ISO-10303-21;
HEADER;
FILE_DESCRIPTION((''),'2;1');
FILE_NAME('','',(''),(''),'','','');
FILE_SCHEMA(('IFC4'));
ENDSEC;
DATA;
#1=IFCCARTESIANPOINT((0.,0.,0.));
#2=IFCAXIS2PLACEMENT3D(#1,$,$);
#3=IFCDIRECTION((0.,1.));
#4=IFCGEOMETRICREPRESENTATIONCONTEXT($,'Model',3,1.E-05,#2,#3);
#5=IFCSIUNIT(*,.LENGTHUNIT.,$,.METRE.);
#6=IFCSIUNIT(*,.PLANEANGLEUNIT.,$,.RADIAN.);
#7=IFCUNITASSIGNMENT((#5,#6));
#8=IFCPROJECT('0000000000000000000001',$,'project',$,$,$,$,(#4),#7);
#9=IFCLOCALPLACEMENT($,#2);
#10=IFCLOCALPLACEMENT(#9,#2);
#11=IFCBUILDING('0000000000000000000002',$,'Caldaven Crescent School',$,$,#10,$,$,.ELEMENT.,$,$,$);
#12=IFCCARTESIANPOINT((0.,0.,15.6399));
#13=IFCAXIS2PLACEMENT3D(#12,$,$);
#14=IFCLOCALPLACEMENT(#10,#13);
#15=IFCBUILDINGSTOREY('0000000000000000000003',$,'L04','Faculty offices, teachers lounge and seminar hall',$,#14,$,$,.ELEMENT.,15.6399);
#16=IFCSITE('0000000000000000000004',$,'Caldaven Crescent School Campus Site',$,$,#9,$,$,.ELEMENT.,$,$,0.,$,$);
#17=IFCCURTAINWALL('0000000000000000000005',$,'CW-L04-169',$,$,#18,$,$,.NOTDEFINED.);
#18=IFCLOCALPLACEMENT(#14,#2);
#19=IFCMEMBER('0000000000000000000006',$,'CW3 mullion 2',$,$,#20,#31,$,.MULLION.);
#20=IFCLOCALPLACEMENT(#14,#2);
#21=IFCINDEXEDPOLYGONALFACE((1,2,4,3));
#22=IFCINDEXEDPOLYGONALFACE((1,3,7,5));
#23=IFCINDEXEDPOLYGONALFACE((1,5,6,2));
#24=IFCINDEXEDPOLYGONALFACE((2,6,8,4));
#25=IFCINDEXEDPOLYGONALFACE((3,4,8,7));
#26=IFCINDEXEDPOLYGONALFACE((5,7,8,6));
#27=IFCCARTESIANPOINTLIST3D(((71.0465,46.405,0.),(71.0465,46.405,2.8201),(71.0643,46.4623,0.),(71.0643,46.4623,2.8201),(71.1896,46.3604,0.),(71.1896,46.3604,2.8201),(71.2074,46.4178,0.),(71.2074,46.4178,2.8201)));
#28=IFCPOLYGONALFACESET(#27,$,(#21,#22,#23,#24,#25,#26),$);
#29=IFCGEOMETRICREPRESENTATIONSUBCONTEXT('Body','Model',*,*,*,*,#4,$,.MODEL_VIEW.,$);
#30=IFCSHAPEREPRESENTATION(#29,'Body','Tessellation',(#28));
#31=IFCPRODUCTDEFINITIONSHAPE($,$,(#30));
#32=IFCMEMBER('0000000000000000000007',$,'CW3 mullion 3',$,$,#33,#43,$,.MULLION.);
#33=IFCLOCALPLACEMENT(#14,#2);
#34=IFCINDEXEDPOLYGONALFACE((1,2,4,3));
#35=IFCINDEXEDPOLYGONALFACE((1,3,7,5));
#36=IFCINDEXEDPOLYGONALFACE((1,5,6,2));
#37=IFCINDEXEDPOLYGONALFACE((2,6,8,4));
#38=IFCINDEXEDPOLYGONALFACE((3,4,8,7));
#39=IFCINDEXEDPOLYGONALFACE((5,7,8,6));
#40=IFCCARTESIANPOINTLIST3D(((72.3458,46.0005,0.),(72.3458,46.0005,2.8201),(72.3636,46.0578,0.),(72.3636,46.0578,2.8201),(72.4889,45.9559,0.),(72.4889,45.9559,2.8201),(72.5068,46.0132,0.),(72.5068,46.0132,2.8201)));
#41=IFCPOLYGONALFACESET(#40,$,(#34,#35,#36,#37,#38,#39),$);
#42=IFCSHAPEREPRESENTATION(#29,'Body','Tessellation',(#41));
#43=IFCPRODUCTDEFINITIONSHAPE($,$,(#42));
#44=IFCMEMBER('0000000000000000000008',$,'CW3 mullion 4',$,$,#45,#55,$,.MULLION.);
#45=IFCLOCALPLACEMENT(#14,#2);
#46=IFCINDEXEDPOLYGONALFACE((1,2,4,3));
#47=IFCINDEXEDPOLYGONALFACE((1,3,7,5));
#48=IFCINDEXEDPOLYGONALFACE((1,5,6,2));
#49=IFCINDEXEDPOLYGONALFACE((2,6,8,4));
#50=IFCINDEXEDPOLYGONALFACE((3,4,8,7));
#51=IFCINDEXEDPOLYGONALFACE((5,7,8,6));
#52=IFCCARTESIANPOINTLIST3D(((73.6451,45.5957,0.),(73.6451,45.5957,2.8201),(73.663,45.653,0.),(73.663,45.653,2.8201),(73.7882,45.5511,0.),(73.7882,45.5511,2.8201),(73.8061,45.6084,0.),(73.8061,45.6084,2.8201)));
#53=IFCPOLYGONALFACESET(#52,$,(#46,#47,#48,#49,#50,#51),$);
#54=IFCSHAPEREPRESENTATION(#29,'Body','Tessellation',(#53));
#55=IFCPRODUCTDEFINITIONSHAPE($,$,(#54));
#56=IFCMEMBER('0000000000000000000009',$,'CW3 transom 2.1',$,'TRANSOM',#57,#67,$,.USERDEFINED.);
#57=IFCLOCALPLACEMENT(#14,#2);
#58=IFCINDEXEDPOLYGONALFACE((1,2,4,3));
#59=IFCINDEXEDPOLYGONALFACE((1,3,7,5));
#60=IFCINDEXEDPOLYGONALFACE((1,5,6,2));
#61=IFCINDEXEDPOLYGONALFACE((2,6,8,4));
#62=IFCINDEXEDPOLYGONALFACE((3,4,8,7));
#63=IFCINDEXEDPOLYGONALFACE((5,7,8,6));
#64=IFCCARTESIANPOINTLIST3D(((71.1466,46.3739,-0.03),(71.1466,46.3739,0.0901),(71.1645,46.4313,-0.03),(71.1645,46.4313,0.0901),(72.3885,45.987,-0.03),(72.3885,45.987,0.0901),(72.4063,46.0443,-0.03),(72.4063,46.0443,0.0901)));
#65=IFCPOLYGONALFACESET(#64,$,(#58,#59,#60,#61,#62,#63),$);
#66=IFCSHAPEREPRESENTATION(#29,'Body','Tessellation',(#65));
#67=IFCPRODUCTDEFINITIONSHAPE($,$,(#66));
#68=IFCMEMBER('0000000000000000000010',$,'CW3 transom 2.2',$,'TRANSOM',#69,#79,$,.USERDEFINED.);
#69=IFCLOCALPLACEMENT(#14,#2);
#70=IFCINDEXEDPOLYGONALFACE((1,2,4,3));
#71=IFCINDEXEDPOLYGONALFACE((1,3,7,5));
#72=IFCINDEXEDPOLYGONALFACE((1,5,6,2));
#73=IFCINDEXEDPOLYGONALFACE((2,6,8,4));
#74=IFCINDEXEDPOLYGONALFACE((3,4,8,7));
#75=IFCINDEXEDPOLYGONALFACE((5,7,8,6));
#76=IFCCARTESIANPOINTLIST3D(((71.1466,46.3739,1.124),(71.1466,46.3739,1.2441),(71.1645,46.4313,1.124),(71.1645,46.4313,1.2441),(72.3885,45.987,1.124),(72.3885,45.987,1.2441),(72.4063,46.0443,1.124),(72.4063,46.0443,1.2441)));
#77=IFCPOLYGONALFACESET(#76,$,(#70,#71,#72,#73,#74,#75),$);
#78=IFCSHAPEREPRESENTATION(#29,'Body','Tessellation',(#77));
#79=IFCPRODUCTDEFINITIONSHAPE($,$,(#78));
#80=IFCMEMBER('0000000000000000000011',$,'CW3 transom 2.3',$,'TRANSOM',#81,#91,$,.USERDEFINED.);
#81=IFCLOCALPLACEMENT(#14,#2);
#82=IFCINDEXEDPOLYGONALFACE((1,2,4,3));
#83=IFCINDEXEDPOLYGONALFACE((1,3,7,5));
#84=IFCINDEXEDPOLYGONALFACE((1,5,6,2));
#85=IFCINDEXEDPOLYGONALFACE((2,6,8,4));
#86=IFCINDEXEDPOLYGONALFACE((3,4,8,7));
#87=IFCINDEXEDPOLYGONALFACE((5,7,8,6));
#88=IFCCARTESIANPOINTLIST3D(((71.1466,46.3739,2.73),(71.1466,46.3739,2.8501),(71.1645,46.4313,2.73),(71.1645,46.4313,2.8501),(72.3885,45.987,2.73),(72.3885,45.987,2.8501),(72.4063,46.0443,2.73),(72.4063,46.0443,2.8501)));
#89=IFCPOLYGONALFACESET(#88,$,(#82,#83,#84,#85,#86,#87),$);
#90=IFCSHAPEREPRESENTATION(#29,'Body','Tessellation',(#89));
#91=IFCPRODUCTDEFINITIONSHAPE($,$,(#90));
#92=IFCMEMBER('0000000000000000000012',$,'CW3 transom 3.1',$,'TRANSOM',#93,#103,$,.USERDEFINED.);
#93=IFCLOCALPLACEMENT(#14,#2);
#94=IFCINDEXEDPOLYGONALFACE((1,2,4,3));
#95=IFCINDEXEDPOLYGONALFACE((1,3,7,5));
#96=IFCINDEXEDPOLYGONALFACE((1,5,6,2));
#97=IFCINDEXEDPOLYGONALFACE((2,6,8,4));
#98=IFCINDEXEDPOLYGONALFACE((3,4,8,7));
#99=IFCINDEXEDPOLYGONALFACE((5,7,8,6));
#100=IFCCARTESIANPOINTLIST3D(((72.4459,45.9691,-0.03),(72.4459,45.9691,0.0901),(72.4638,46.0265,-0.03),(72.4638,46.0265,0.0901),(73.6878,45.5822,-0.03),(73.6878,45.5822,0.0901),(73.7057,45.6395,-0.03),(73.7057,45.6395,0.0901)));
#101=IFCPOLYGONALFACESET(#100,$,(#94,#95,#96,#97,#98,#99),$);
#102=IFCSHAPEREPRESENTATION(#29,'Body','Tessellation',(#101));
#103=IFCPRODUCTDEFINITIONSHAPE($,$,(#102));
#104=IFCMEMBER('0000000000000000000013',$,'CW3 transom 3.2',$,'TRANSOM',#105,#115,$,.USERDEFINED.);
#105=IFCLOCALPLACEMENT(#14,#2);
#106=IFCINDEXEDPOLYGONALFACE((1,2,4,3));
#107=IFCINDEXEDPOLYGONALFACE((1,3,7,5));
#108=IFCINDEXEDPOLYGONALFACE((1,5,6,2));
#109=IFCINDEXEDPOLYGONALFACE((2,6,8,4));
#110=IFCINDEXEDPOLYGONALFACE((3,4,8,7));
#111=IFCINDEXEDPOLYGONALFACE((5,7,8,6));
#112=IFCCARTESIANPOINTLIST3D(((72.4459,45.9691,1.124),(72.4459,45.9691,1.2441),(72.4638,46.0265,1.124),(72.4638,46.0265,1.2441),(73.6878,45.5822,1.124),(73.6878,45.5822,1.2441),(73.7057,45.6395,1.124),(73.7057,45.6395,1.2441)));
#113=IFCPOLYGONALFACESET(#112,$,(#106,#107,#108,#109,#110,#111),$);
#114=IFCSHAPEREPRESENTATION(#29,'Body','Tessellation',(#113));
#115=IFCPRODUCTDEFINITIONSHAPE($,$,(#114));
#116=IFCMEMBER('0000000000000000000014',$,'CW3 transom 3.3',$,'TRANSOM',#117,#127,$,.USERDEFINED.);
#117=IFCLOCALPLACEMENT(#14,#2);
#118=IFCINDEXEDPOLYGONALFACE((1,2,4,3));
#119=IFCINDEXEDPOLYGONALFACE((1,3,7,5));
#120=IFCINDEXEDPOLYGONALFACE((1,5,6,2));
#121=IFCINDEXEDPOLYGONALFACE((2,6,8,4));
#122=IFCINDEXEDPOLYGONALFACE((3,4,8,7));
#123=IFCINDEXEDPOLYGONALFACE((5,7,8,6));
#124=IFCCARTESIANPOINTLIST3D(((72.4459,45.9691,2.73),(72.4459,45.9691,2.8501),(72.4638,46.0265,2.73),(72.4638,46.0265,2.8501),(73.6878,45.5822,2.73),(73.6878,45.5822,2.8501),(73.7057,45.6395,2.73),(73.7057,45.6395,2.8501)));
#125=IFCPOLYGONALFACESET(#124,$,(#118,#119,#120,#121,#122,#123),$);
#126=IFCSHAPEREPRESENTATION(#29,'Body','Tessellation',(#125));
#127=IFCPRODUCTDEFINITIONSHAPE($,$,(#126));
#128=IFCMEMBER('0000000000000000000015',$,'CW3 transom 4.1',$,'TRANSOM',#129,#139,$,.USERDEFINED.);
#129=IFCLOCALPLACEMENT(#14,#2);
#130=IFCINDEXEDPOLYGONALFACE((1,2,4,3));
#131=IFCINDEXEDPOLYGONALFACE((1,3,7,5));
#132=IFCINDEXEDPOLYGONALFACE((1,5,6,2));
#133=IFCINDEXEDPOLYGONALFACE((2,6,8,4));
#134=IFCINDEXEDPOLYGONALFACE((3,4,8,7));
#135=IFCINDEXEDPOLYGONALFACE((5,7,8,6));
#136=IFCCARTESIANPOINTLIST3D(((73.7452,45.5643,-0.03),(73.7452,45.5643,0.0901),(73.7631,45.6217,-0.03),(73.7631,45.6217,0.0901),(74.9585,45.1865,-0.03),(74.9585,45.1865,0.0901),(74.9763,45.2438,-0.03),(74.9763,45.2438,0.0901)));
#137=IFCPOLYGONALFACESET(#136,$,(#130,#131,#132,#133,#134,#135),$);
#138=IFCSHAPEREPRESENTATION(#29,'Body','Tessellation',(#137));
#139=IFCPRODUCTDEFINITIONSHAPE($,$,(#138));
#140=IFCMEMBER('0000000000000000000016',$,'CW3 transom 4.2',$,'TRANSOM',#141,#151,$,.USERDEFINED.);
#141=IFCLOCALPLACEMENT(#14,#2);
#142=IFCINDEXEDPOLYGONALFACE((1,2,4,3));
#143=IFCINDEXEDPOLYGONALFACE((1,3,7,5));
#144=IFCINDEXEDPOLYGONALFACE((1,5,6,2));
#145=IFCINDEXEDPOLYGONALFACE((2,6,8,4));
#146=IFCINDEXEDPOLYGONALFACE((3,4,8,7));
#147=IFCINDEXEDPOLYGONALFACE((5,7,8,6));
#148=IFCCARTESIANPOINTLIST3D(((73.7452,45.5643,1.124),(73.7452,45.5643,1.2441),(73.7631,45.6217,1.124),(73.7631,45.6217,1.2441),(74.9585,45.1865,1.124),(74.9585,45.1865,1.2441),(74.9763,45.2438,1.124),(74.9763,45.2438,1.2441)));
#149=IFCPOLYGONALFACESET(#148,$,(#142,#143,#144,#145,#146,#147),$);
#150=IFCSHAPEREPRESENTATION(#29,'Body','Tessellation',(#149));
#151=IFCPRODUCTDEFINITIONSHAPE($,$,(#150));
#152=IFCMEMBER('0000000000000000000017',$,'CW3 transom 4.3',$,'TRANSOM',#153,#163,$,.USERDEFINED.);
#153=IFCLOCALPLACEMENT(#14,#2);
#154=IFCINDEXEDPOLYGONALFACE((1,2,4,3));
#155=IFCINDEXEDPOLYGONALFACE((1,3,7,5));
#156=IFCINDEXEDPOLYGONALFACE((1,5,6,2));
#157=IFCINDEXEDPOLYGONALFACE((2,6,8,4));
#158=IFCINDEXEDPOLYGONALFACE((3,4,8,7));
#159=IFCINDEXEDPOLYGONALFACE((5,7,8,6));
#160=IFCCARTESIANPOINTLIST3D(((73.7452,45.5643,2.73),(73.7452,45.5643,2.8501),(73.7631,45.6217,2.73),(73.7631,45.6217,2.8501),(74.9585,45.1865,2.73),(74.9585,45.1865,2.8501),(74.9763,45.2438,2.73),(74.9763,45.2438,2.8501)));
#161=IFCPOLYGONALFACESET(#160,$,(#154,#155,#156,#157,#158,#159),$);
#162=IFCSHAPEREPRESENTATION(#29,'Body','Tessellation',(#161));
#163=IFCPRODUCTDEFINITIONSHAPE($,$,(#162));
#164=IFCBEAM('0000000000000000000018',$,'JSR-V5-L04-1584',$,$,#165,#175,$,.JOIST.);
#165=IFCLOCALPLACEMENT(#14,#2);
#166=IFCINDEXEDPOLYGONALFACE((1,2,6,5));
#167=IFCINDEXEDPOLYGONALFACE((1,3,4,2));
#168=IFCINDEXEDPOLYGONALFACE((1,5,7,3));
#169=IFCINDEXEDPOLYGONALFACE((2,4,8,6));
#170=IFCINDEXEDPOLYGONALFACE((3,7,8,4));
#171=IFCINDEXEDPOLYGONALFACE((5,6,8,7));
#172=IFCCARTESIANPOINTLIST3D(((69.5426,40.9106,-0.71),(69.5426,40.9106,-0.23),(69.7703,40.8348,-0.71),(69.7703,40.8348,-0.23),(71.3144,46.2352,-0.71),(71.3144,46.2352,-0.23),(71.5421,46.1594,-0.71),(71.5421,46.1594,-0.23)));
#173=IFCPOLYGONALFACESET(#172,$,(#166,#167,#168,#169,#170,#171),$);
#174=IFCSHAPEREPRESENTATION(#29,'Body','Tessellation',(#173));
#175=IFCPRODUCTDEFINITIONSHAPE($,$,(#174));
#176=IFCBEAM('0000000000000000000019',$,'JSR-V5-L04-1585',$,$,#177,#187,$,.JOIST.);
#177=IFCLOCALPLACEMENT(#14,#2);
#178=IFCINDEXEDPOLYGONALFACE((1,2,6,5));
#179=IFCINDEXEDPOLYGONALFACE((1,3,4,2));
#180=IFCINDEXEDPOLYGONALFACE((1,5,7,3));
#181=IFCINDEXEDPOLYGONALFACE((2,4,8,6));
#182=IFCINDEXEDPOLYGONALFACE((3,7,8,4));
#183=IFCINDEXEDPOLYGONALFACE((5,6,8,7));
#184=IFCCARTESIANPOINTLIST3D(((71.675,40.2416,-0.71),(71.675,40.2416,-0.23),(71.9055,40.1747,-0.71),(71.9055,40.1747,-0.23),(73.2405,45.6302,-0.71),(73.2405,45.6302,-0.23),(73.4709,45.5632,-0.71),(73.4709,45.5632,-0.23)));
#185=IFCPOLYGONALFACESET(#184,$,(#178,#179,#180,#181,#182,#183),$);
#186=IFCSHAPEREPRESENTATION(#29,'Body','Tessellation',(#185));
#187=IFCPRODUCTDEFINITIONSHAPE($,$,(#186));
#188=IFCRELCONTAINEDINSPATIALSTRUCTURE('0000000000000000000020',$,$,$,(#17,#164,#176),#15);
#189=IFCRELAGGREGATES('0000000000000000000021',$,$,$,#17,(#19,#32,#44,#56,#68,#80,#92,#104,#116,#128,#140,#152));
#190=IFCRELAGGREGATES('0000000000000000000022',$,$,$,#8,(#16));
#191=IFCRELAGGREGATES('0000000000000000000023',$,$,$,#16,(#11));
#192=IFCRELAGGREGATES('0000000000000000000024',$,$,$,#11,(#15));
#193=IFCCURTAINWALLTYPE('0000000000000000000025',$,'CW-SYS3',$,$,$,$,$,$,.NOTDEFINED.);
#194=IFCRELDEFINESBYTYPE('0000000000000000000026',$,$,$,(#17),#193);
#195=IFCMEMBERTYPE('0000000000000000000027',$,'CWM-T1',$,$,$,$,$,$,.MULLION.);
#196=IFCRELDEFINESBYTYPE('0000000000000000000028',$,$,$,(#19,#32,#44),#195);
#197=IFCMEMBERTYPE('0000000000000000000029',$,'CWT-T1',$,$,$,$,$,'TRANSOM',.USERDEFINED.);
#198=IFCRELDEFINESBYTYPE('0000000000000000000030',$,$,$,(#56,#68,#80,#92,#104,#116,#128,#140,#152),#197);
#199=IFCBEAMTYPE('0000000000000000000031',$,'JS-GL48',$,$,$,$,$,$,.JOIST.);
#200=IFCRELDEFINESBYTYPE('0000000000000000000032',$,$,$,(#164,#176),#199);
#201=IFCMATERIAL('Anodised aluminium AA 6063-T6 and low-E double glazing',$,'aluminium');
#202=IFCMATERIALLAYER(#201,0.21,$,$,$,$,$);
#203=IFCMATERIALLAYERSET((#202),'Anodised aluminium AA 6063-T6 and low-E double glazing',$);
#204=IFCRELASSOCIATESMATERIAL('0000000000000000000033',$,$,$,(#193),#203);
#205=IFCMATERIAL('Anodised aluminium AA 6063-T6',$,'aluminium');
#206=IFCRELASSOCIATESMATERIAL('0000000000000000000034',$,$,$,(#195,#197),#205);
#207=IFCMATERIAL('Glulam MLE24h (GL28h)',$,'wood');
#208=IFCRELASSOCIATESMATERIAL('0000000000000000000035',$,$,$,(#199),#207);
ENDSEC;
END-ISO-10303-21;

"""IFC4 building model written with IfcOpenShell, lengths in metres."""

from ifc_helpers import new_model, si_unit, direction, frame, origin, origin_2d, place, context, subcontext, project, spatial, rectangle, extrude, material, layer, layer_set, material_profile, profile_set, type_object, element, aggregate, save


model = new_model("IFC4")

# Units and contexts
model_context = context("Model", 3, precision=1e-05, world=origin(), true_north=direction((0.0, 1.0)))
body_context = subcontext(model_context, "Body", "Model", "MODEL_VIEW")
ifc_project = project(units=[si_unit("LENGTHUNIT", "METRE"), si_unit("PLANEANGLEUNIT", "RADIAN")], contexts=[model_context])

# Site, building, storey
site_placement = place(None, origin())
site = spatial("IfcSite", under=ifc_project, at=site_placement, Name="Caldaven Crescent School Campus Site", CompositionType="ELEMENT", RefElevation=0.0)
building_placement = place(site_placement, origin())
building = spatial("IfcBuilding", under=site, at=building_placement, Name="Caldaven Crescent School", CompositionType="ELEMENT")
storey_placement = place(building_placement, frame((0.0, 0.0, 15.6399)))
storey = spatial("IfcBuildingStorey", under=building, at=storey_placement, Name="L04", Description="Faculty offices, teachers lounge and seminar hall", CompositionType="ELEMENT", Elevation=15.6399)

# Curtain wall, members
ifc_material_1 = material(Name="Anodised aluminium AA 6063-T6 and low-E double glazing", Category="aluminium")
ifc_layer_1 = layer(ifc_material_1, 0.21)
ifc_layer_set_1 = layer_set([ifc_layer_1], Name="Anodised aluminium AA 6063-T6 and low-E double glazing")
curtain_wall_type = type_object("IfcCurtainWallType", Name="CW-SYS3", PredefinedType="NOTDEFINED", material=ifc_layer_set_1)
curtain_wall_placement = place(storey_placement, origin())
curtain_wall = element("IfcCurtainWall", 1, at=curtain_wall_placement, inside=storey, type_object=curtain_wall_type, Name="CW-L04-169", PredefinedType="NOTDEFINED")
ifc_material_2 = material(Name="Anodised aluminium AA 6063-T6", Category="aluminium")
ifc_material_profile_1 = material_profile(ifc_material_2, rectangle(XDim=0.0601, YDim=0.1499, at=origin_2d()), Name="CWM 60x150")
ifc_profile_set_1 = profile_set([ifc_material_profile_1], Name="Anodised aluminium AA 6063-T6")
member_type_1 = type_object("IfcMemberType", Name="CWM-T1", PredefinedType="MULLION", material=ifc_profile_set_1)
member_1_placement = place(storey_placement, frame((71.127, 46.4114, 0.0), z_axis=(0.0, 0.0, 1.0), x_axis=(0.29742, 0.954747, 0.0)))
member_1 = element("IfcMember", 2, at=member_1_placement, type_object=member_type_1, Name="CW3 mullion 2", PredefinedType="MULLION", context=body_context, shape_type="SweptSolid", body=[
    extrude(rectangle(XDim=0.0601, YDim=0.1499, at=origin_2d()), origin(), (0.0, 0.0, 1.0), 2.8201),
])
member_2_placement = place(storey_placement, frame((72.4263, 46.0068, 0.0), z_axis=(0.0, 0.0, 1.0), x_axis=(0.29742, 0.954747, 0.0)))
member_2 = element("IfcMember", 3, at=member_2_placement, type_object=member_type_1, Name="CW3 mullion 3", PredefinedType="MULLION", context=body_context, shape_type="SweptSolid", body=[
    extrude(rectangle(XDim=0.0601, YDim=0.1499, at=origin_2d()), origin(), (0.0, 0.0, 1.0), 2.8201),
])
member_3_placement = place(storey_placement, frame((73.7256, 45.6021, 0.0), z_axis=(0.0, 0.0, 1.0), x_axis=(0.29742, 0.954747, 0.0)))
member_3 = element("IfcMember", 4, at=member_3_placement, type_object=member_type_1, Name="CW3 mullion 4", PredefinedType="MULLION", context=body_context, shape_type="SweptSolid", body=[
    extrude(rectangle(XDim=0.0601, YDim=0.1499, at=origin_2d()), origin(), (0.0, 0.0, 1.0), 2.8201),
])
ifc_material_profile_2 = material_profile(ifc_material_2, rectangle(XDim=0.0601, YDim=0.1201, at=origin_2d()), Name="CWT 60x120")
ifc_profile_set_2 = profile_set([ifc_material_profile_2], Name="Anodised aluminium AA 6063-T6")
member_type_2 = type_object("IfcMemberType", Name="CWT-T1", ElementType="TRANSOM", PredefinedType="USERDEFINED", material=ifc_profile_set_2)
member_4_placement = place(storey_placement, frame((71.1555, 46.4026, 0.03), z_axis=(0.95473, -0.297473, 0.0), x_axis=(0.297473, 0.95473, 0.0)))
member_4 = element("IfcMember", 5, at=member_4_placement, type_object=member_type_2, Name="CW3 transom 2.1", ObjectType="TRANSOM", PredefinedType="USERDEFINED", context=body_context, shape_type="SweptSolid", body=[
    extrude(rectangle(XDim=0.0601, YDim=0.1201, at=origin_2d()), origin(), (0.0, 0.0, 1.0), 1.3008),
])
member_5_placement = place(storey_placement, frame((71.1555, 46.4026, 1.1841), z_axis=(0.95473, -0.297473, 0.0), x_axis=(0.297473, 0.95473, 0.0)))
member_5 = element("IfcMember", 6, at=member_5_placement, type_object=member_type_2, Name="CW3 transom 2.2", ObjectType="TRANSOM", PredefinedType="USERDEFINED", context=body_context, shape_type="SweptSolid", body=[
    extrude(rectangle(XDim=0.0601, YDim=0.1201, at=origin_2d()), origin(), (0.0, 0.0, 1.0), 1.3008),
])
member_6_placement = place(storey_placement, frame((71.1555, 46.4026, 2.79), z_axis=(0.95473, -0.297473, 0.0), x_axis=(0.297473, 0.95473, 0.0)))
member_6 = element("IfcMember", 7, at=member_6_placement, type_object=member_type_2, Name="CW3 transom 2.3", ObjectType="TRANSOM", PredefinedType="USERDEFINED", context=body_context, shape_type="SweptSolid", body=[
    extrude(rectangle(XDim=0.0601, YDim=0.1201, at=origin_2d()), origin(), (0.0, 0.0, 1.0), 1.3008),
])
member_7_placement = place(storey_placement, frame((72.4548, 45.9978, 0.03), z_axis=(0.95473, -0.297473, 0.0), x_axis=(0.297473, 0.95473, 0.0)))
member_7 = element("IfcMember", 8, at=member_7_placement, type_object=member_type_2, Name="CW3 transom 3.1", ObjectType="TRANSOM", PredefinedType="USERDEFINED", context=body_context, shape_type="SweptSolid", body=[
    extrude(rectangle(XDim=0.0601, YDim=0.1201, at=origin_2d()), origin(), (0.0, 0.0, 1.0), 1.3008),
])
member_8_placement = place(storey_placement, frame((72.4548, 45.9978, 1.1841), z_axis=(0.95473, -0.297473, 0.0), x_axis=(0.297473, 0.95473, 0.0)))
member_8 = element("IfcMember", 9, at=member_8_placement, type_object=member_type_2, Name="CW3 transom 3.2", ObjectType="TRANSOM", PredefinedType="USERDEFINED", context=body_context, shape_type="SweptSolid", body=[
    extrude(rectangle(XDim=0.0601, YDim=0.1201, at=origin_2d()), origin(), (0.0, 0.0, 1.0), 1.3008),
])
member_9_placement = place(storey_placement, frame((72.4548, 45.9978, 2.79), z_axis=(0.95473, -0.297473, 0.0), x_axis=(0.297473, 0.95473, 0.0)))
member_9 = element("IfcMember", 10, at=member_9_placement, type_object=member_type_2, Name="CW3 transom 3.3", ObjectType="TRANSOM", PredefinedType="USERDEFINED", context=body_context, shape_type="SweptSolid", body=[
    extrude(rectangle(XDim=0.0601, YDim=0.1201, at=origin_2d()), origin(), (0.0, 0.0, 1.0), 1.3008),
])
member_10_placement = place(storey_placement, frame((73.7542, 45.593, 0.03), z_axis=(0.95476, -0.297378, 0.0), x_axis=(0.297378, 0.95476, 0.0)))
member_10 = element("IfcMember", 11, at=member_10_placement, type_object=member_type_2, Name="CW3 transom 4.1", ObjectType="TRANSOM", PredefinedType="USERDEFINED", context=body_context, shape_type="SweptSolid", body=[
    extrude(rectangle(XDim=0.0601, YDim=0.1201, at=origin_2d()), origin(), (0.0, 0.0, 1.0), 1.2708),
])
member_11_placement = place(storey_placement, frame((73.7542, 45.593, 1.1841), z_axis=(0.95476, -0.297378, 0.0), x_axis=(0.297378, 0.95476, 0.0)))
member_11 = element("IfcMember", 12, at=member_11_placement, type_object=member_type_2, Name="CW3 transom 4.2", ObjectType="TRANSOM", PredefinedType="USERDEFINED", context=body_context, shape_type="SweptSolid", body=[
    extrude(rectangle(XDim=0.0601, YDim=0.1201, at=origin_2d()), origin(), (0.0, 0.0, 1.0), 1.2708),
])
member_12_placement = place(storey_placement, frame((73.7542, 45.593, 2.79), z_axis=(0.95476, -0.297378, 0.0), x_axis=(0.297378, 0.95476, 0.0)))
member_12 = element("IfcMember", 13, at=member_12_placement, type_object=member_type_2, Name="CW3 transom 4.3", ObjectType="TRANSOM", PredefinedType="USERDEFINED", context=body_context, shape_type="SweptSolid", body=[
    extrude(rectangle(XDim=0.0601, YDim=0.1201, at=origin_2d()), origin(), (0.0, 0.0, 1.0), 1.2708),
])

# Beams
ifc_material_3 = material(Name="Glulam MLE24h (GL28h)", Category="wood")
ifc_material_profile_3 = material_profile(ifc_material_3, rectangle(XDim=0.24, YDim=0.48, at=origin_2d()), Name="MLE 240x480")
ifc_profile_set_3 = profile_set([ifc_material_profile_3], Name="Glulam MLE24h (GL28h)")
beam_type = type_object("IfcBeamType", Name="JS-GL48", PredefinedType="JOIST", material=ifc_profile_set_3)
beam_1_placement = place(storey_placement, frame((71.4282, 46.1973, -0.47), z_axis=(-0.315732, -0.948848, 0.0), x_axis=(0.948848, -0.315732, 0.0)))
element("IfcBeam", 14, at=beam_1_placement, inside=storey, type_object=beam_type, Name="JSR-V5-L04-1584", PredefinedType="JOIST", context=body_context, shape_type="SweptSolid", body=[
    extrude(rectangle(XDim=0.24, YDim=0.48, at=origin_2d()), origin(), (0.0, 0.0, 1.0), 5.6116),
])
beam_2_placement = place(storey_placement, frame((73.3557, 45.5967, -0.47), z_axis=(-0.278982, -0.960296, 0.0), x_axis=(0.960296, -0.278982, 0.0)))
element("IfcBeam", 15, at=beam_2_placement, inside=storey, type_object=beam_type, Name="JSR-V5-L04-1585", PredefinedType="JOIST", context=body_context, shape_type="SweptSolid", body=[
    extrude(rectangle(XDim=0.24, YDim=0.48, at=origin_2d()), origin(), (0.0, 0.0, 1.0), 5.6113),
])

aggregate(curtain_wall, [member_1, member_2, member_3, member_4, member_5, member_6, member_7, member_8, member_9, member_10, member_11, member_12])

save(model, "model.ifc")
